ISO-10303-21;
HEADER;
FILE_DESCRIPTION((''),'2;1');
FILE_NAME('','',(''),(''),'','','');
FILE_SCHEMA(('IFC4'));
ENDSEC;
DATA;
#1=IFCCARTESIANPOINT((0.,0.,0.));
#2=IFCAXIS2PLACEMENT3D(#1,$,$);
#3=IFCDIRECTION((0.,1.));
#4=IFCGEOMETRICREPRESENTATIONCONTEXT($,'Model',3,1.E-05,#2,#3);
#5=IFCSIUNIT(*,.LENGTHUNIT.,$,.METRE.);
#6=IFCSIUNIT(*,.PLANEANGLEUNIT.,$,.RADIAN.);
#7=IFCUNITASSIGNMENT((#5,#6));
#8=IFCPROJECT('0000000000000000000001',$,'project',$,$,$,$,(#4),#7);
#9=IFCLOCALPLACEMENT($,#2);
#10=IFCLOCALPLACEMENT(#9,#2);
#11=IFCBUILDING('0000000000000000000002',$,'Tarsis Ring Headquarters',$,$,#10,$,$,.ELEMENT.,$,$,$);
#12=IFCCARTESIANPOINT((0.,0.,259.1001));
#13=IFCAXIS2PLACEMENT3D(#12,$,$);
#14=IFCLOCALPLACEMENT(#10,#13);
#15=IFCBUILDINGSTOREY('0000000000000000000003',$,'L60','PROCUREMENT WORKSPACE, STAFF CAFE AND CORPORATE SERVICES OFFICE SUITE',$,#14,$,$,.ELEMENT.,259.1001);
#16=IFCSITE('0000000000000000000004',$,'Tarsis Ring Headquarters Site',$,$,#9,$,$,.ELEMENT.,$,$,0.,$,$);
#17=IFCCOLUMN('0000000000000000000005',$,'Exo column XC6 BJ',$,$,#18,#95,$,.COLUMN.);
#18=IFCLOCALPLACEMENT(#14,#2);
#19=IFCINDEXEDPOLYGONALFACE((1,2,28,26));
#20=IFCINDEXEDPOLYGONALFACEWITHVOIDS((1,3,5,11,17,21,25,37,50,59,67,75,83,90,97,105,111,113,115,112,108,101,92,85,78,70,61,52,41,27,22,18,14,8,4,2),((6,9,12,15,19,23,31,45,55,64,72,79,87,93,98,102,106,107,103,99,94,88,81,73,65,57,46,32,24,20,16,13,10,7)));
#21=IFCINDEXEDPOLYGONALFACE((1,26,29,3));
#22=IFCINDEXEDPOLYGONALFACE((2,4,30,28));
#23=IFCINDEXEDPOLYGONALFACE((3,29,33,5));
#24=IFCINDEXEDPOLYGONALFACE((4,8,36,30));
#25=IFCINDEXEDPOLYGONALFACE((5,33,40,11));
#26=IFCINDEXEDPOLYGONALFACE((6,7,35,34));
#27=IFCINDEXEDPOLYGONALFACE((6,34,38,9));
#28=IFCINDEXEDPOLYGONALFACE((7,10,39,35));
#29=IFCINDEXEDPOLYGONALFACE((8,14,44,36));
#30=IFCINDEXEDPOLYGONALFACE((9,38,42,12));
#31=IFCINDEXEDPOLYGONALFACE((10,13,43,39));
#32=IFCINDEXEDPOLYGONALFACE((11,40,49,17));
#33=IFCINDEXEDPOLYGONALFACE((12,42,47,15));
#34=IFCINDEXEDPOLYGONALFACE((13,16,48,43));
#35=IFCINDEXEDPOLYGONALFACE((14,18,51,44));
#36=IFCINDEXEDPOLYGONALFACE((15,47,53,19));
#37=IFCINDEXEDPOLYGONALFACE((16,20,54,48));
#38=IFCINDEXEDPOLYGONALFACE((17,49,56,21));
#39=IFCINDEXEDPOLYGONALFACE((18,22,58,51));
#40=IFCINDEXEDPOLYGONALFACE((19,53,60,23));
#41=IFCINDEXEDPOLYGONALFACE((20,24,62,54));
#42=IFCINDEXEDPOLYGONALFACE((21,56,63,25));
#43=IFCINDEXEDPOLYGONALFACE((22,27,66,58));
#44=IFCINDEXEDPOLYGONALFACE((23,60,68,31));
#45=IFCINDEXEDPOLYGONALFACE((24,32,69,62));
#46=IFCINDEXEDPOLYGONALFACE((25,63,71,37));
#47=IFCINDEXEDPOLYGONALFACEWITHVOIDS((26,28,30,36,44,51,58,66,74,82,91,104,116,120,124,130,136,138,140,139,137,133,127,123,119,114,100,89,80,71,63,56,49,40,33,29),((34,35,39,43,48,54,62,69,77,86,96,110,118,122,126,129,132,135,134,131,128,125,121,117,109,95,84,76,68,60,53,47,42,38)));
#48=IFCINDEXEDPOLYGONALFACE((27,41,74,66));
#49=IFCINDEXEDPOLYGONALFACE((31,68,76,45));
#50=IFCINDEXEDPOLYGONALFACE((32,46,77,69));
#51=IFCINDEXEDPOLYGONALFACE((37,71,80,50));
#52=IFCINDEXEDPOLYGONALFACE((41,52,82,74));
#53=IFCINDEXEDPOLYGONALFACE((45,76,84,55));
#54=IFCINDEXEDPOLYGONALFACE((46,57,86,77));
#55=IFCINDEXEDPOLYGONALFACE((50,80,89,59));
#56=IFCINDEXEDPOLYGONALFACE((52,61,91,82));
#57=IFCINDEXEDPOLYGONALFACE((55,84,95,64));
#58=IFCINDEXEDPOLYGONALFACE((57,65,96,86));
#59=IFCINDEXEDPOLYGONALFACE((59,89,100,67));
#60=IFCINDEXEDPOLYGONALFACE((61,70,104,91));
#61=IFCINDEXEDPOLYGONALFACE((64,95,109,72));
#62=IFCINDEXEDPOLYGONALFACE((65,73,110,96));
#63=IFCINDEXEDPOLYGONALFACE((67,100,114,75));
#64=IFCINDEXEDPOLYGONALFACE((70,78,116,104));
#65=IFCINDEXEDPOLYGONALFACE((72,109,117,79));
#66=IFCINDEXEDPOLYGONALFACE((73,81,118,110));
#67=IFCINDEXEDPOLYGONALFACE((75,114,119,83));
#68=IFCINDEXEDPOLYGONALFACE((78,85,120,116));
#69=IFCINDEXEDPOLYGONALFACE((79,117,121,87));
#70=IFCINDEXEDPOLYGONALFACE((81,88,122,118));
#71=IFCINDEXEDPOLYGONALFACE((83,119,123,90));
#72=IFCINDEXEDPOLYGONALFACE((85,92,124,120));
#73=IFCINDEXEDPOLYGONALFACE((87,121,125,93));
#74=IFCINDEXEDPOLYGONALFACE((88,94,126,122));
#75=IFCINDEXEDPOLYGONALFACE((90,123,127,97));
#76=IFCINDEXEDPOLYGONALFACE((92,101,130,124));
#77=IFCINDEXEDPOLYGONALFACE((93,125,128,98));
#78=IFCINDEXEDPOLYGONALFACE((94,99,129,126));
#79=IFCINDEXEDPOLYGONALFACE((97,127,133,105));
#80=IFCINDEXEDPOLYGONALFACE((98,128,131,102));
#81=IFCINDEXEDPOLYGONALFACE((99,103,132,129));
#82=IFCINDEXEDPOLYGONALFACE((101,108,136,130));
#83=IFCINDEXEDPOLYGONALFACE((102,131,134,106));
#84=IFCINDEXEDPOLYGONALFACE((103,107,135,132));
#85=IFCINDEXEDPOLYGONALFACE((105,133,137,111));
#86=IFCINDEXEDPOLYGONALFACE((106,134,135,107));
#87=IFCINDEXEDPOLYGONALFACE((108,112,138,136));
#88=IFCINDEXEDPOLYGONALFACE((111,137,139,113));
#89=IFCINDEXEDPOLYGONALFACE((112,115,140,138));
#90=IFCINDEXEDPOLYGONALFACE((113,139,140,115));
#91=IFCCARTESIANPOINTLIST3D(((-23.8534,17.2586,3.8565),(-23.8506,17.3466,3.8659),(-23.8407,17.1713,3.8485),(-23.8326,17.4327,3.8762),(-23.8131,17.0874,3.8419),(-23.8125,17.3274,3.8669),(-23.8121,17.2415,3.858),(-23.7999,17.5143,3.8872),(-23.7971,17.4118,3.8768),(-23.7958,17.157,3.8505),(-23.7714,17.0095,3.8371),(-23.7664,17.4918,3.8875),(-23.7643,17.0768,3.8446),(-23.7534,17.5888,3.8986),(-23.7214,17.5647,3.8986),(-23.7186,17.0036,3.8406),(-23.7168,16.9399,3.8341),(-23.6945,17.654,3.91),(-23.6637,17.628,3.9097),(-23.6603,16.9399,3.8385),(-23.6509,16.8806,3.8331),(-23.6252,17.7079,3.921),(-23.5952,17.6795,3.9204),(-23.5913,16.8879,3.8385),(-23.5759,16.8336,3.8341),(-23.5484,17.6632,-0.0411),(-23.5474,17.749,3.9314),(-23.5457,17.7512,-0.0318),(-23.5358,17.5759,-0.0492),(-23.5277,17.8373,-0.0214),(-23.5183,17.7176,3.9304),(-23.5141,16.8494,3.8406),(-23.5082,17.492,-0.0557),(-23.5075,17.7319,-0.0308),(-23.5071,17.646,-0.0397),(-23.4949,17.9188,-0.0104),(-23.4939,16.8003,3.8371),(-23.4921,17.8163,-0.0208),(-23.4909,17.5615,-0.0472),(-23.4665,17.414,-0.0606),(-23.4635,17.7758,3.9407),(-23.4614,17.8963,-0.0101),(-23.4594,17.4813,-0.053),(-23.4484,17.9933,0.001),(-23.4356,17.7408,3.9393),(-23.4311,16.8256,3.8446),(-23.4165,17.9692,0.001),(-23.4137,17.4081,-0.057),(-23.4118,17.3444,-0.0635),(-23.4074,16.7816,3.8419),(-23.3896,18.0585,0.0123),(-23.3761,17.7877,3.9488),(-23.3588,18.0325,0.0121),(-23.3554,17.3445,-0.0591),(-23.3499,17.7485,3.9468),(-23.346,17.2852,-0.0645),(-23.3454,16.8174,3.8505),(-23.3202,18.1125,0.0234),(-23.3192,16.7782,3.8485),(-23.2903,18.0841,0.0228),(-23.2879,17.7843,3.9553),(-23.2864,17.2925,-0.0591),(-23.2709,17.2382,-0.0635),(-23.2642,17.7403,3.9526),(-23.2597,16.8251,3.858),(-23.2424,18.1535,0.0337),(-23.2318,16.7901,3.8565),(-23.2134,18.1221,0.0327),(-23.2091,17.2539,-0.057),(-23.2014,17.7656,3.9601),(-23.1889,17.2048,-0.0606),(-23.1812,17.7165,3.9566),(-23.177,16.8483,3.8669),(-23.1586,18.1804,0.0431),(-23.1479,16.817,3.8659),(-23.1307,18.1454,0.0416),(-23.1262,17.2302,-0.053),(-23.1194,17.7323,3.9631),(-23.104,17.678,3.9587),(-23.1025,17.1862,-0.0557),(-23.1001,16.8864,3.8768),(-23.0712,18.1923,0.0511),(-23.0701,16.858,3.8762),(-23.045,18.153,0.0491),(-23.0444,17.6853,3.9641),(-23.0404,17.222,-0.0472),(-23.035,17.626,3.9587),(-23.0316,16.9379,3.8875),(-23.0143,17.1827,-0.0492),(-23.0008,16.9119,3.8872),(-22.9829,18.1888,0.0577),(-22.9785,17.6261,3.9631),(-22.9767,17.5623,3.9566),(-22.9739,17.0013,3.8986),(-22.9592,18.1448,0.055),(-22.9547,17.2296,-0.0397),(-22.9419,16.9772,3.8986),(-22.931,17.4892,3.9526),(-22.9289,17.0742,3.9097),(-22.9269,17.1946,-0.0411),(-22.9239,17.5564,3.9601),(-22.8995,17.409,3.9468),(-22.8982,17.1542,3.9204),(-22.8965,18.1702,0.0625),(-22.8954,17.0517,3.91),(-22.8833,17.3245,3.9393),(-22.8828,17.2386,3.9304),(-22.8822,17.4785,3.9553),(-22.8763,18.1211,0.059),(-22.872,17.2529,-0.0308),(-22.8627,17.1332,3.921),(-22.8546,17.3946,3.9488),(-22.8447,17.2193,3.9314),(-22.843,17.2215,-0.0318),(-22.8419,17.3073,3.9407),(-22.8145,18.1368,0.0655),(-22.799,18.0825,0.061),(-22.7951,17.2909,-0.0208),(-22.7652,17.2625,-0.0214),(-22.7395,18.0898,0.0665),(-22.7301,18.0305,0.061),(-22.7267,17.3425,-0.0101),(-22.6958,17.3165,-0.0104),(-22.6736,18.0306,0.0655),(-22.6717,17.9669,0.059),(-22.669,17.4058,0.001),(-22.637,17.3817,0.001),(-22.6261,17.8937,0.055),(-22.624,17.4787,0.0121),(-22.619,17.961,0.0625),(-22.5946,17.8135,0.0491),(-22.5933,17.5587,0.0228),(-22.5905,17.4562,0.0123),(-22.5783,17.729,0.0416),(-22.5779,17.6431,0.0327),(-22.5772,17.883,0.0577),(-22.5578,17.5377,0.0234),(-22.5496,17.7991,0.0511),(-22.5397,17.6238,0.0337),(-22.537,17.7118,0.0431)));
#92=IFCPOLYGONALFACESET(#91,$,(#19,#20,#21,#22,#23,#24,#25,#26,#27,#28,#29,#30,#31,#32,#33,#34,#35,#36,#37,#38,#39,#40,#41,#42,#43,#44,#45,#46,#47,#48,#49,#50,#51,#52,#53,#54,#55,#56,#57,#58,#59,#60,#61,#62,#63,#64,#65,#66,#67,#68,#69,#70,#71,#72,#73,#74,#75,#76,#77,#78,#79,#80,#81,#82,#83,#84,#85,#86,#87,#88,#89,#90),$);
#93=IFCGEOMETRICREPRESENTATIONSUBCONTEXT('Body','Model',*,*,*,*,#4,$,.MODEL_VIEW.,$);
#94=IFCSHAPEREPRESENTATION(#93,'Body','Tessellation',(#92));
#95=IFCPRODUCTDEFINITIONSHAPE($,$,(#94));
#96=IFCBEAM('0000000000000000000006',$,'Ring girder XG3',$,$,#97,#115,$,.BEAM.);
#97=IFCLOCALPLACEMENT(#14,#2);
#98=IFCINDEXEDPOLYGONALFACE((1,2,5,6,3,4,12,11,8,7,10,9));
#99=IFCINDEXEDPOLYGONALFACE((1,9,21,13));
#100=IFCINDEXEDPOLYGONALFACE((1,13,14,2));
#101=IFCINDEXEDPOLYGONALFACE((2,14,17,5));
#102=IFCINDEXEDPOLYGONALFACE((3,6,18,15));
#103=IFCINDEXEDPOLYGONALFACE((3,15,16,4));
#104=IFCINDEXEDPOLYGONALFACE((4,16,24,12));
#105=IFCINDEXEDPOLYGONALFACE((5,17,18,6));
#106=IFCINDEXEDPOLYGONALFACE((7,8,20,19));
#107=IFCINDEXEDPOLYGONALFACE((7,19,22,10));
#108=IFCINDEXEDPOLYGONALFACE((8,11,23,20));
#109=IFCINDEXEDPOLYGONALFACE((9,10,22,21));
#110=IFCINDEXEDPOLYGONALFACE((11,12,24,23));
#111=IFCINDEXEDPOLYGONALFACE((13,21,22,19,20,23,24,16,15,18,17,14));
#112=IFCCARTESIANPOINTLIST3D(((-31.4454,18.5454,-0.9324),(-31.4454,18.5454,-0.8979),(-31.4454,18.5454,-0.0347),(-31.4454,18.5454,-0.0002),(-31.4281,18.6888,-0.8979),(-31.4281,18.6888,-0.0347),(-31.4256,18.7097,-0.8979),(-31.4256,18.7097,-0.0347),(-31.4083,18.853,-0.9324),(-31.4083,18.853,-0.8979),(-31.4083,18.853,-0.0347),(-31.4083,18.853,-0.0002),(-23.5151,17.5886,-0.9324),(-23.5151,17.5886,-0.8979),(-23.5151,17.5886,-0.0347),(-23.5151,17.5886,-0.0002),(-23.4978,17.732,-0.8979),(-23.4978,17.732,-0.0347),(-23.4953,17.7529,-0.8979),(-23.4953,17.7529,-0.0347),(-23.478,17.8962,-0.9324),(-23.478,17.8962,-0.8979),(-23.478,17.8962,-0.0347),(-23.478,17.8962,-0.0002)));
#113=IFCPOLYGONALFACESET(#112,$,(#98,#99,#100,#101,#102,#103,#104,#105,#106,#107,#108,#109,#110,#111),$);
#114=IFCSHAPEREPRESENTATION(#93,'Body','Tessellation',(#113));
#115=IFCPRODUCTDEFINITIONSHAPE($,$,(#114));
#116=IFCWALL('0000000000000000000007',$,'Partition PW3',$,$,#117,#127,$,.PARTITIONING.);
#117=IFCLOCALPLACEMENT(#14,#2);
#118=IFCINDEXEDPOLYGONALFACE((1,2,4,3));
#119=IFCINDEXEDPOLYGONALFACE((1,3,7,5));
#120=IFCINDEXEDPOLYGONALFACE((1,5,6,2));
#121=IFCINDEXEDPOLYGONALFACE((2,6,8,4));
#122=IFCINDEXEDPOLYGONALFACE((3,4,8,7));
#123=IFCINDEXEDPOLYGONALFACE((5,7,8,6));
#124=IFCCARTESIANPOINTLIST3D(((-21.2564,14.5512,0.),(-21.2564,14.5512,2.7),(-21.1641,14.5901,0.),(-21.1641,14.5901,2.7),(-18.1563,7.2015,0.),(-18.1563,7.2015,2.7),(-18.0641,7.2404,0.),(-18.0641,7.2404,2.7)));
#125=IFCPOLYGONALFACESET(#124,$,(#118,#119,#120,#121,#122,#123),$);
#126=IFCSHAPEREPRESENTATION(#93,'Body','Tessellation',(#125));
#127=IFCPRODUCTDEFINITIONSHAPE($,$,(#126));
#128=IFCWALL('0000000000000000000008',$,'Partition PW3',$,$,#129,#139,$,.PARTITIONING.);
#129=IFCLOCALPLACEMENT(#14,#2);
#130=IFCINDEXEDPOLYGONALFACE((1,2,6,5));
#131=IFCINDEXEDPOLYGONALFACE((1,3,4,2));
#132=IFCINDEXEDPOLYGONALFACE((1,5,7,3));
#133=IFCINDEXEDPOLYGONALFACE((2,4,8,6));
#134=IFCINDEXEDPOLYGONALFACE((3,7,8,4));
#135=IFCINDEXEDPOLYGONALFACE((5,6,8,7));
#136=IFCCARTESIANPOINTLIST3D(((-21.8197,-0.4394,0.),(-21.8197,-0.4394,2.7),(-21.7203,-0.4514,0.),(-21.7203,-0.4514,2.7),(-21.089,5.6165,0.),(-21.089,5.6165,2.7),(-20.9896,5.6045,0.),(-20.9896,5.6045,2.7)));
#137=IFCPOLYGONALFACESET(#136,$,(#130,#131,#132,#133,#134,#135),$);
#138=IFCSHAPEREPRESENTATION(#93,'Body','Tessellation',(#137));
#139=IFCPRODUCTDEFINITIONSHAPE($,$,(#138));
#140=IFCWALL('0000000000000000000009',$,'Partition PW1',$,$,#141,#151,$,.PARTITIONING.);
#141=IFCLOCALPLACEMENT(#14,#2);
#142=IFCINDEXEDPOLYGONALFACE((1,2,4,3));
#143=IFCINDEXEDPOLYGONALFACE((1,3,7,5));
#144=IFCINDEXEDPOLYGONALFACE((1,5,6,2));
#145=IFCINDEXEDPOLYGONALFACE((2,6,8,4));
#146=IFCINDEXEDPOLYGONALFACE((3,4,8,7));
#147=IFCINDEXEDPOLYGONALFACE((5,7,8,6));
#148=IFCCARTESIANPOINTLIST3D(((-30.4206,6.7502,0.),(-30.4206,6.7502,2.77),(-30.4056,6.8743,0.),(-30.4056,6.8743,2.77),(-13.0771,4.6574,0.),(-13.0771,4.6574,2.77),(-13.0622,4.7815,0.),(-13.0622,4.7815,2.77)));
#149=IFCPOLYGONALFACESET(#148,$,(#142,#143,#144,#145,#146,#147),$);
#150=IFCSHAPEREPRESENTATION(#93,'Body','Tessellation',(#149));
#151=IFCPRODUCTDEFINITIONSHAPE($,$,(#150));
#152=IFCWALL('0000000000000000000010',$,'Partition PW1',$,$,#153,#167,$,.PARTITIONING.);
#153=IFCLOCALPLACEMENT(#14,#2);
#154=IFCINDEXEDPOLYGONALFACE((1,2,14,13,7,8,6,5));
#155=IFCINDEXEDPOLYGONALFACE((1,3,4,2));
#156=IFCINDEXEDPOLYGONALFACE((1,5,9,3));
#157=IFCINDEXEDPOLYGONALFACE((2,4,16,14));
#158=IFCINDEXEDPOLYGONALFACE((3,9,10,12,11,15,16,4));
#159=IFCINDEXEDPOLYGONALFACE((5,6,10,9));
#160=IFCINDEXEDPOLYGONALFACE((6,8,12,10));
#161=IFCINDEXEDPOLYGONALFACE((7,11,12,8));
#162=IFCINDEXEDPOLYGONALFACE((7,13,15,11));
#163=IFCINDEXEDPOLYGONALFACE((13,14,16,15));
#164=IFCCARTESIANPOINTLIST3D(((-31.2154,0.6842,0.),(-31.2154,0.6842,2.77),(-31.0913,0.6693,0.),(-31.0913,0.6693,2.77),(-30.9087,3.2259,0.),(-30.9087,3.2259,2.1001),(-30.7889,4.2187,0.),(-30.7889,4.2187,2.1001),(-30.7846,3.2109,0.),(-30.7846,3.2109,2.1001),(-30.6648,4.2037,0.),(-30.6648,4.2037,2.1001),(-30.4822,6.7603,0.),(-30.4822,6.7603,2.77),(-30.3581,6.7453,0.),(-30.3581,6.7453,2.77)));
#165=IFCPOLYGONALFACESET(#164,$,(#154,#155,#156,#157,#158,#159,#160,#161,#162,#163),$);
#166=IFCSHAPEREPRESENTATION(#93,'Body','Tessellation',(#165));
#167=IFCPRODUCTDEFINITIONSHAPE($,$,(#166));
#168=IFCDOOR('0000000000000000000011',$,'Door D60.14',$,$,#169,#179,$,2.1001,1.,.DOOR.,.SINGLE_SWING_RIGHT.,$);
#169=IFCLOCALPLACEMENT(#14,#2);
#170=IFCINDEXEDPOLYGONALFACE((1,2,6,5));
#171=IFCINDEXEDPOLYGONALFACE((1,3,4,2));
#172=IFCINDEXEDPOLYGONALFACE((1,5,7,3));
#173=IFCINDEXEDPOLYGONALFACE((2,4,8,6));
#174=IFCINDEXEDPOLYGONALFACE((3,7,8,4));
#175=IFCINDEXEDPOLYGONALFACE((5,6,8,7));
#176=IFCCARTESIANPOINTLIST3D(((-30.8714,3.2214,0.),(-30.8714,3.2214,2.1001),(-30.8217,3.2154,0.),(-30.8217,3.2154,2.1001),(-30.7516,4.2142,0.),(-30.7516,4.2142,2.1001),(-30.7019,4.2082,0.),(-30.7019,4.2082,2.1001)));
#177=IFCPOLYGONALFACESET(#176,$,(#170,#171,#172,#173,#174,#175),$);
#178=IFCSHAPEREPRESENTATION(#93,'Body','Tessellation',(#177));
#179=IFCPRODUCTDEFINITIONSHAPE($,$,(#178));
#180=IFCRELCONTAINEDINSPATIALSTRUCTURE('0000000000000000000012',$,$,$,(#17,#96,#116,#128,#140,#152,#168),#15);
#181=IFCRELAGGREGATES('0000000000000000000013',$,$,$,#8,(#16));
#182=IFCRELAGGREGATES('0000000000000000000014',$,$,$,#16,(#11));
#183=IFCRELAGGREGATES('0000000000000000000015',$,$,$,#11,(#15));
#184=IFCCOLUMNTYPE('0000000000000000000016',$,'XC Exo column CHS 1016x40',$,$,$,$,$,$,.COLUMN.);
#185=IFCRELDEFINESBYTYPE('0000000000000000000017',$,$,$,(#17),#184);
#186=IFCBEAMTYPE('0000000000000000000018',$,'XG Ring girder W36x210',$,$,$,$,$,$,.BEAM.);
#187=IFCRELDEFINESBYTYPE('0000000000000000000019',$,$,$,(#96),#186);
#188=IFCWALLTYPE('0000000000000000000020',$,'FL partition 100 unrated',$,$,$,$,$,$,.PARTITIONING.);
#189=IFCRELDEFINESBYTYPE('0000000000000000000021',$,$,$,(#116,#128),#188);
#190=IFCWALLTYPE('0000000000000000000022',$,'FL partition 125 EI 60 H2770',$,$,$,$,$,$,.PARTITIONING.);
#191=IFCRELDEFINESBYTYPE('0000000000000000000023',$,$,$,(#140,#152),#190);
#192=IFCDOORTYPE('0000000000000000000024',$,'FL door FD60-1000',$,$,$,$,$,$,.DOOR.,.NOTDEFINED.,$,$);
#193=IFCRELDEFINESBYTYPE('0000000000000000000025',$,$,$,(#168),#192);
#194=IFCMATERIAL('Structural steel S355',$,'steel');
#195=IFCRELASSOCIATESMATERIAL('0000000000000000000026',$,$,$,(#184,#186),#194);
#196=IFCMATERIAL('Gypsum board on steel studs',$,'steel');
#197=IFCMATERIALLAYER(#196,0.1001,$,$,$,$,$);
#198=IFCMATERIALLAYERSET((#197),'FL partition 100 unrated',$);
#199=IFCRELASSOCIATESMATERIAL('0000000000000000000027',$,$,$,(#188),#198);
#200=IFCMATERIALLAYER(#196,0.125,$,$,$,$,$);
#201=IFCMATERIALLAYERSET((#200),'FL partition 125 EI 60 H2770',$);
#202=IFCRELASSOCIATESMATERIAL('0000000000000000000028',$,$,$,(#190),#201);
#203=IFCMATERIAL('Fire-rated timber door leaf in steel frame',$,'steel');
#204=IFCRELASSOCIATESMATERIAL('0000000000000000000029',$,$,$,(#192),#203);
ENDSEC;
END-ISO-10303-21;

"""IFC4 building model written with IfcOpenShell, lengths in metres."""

from ifc_helpers import new_model, si_unit, direction, frame, frame_2d, origin, origin_2d, place, context, subcontext, project, spatial, rectangle, hollow_circle, i_section, extrude, material, layer, layer_set, material_profile, profile_set, type_object, element, fill, save


model = new_model("IFC4")

# Units and contexts
model_context = context("Model", 3, precision=1e-05, world=origin(), true_north=direction((0.0, 1.0)))
body_context = subcontext(model_context, "Body", "Model", "MODEL_VIEW")
ifc_project = project(units=[si_unit("LENGTHUNIT", "METRE"), si_unit("PLANEANGLEUNIT", "RADIAN")], contexts=[model_context])

# Site, building, storey
site_placement = place(None, origin())
site = spatial("IfcSite", under=ifc_project, at=site_placement, Name="Tarsis Ring Headquarters Site", CompositionType="ELEMENT", RefElevation=0.0)
building_placement = place(site_placement, origin())
building = spatial("IfcBuilding", under=site, at=building_placement, Name="Tarsis Ring Headquarters", CompositionType="ELEMENT")
storey_placement = place(building_placement, frame((0.0, 0.0, 259.1001)))
storey = spatial("IfcBuildingStorey", under=building, at=storey_placement, Name="L60", Description="PROCUREMENT WORKSPACE, STAFF CAFE AND CORPORATE SERVICES OFFICE SUITE", CompositionType="ELEMENT", Elevation=259.1001)

# Column
ifc_material_1 = material(Name="Structural steel S355", Category="steel")
ifc_material_profile_1 = material_profile(ifc_material_1, hollow_circle(Radius=0.5081, WallThickness=0.04, at=origin_2d()), Name="CHS 1016x40")
ifc_profile_set_1 = profile_set([ifc_material_profile_1], Name="Structural steel S355")
column_type = type_object("IfcColumnType", Name="XC Exo column CHS 1016x40", PredefinedType="COLUMN", material=ifc_profile_set_1)
column_placement = place(storey_placement, frame((-23.0427, 17.6875, 0.001), z_axis=(-0.077581, -0.102924, 0.991659), x_axis=(0.798552, -0.601926, 0.0)))
element("IfcColumn", 1, at=column_placement, inside=storey, type_object=column_type, Name="Exo column XC6 BJ", PredefinedType="COLUMN", context=body_context, shape_type="SweptSolid", body=[
    extrude(hollow_circle(Radius=0.5081, WallThickness=0.04, at=origin_2d()), origin(), (0.0, 0.0, 1.0), 3.9304),
])

# Beam
ifc_material_profile_2 = material_profile(ifc_material_1, i_section(OverallWidth=0.3098, OverallDepth=0.9321, WebThickness=0.021, FlangeThickness=0.0344, at=origin_2d()), Name="W36x210")
ifc_profile_set_2 = profile_set([ifc_material_profile_2], Name="Structural steel S355")
beam_type = type_object("IfcBeamType", Name="XG Ring girder W36x210", PredefinedType="BEAM", material=ifc_profile_set_2)
beam_placement = place(storey_placement, frame((-23.4966, 17.7424, -0.4663), z_axis=(-0.9928, 0.119783, 0.0), x_axis=(-0.119783, -0.9928, 0.0)))
element("IfcBeam", 2, at=beam_placement, inside=storey, type_object=beam_type, Name="Ring girder XG3", PredefinedType="BEAM", context=body_context, shape_type="SweptSolid", body=[
    extrude(i_section(OverallWidth=0.3098, OverallDepth=0.9321, WebThickness=0.021, FlangeThickness=0.0344, at=origin_2d()), origin(), (0.0, 0.0, 1.0), 7.9878),
])

# Walls
ifc_material_2 = material(Name="Gypsum board on steel studs", Category="steel")
ifc_layer_1 = layer(ifc_material_2, 0.1001)
ifc_layer_set_1 = layer_set([ifc_layer_1], Name="FL partition 100 unrated")
wall_type_1 = type_object("IfcWallType", Name="FL partition 100 unrated", PredefinedType="PARTITIONING", material=ifc_layer_set_1)
wall_1_placement = place(storey_placement, frame((-21.2102, 14.5706, 0.0), z_axis=(0.0, 0.0, 1.0), x_axis=(0.388634, -0.921392, 0.0)))
element("IfcWall", 3, at=wall_1_placement, inside=storey, type_object=wall_type_1, Name="Partition PW3", PredefinedType="PARTITIONING", context=body_context, shape_type="SweptSolid", body=[
    extrude(rectangle(XDim=7.9768, YDim=0.1001, at=frame_2d((3.9883, 0.0))), origin(), (0.0, 0.0, 1.0), 2.7),
])
wall_2_placement = place(storey_placement, frame((-21.77, -0.4453, 0.0), z_axis=(0.0, 0.0, 1.0), x_axis=(0.119792, 0.992799, 0.0)))
element("IfcWall", 4, at=wall_2_placement, inside=storey, type_object=wall_type_1, Name="Partition PW3", PredefinedType="PARTITIONING", context=body_context, shape_type="SweptSolid", body=[
    extrude(rectangle(XDim=6.0999, YDim=0.1001, at=frame_2d((3.0498, 0.0))), origin(), (0.0, 0.0, 1.0), 2.7),
])
ifc_layer_2 = layer(ifc_material_2, 0.125)
ifc_layer_set_2 = layer_set([ifc_layer_2], Name="FL partition 125 EI 60 H2770")
wall_type_2 = type_object("IfcWallType", Name="FL partition 125 EI 60 H2770", PredefinedType="PARTITIONING", material=ifc_layer_set_2)
wall_3_placement = place(storey_placement, frame((-30.4131, 6.8123, 0.0), z_axis=(0.0, 0.0, 1.0), x_axis=(0.992798, -0.119797, 0.0)))
element("IfcWall", 5, at=wall_3_placement, inside=storey, type_object=wall_type_2, Name="Partition PW1", PredefinedType="PARTITIONING", context=body_context, shape_type="SweptSolid", body=[
    extrude(rectangle(XDim=17.4692, YDim=0.125, at=frame_2d((8.7346, 0.0))), origin(), (0.0, 0.0, 1.0), 2.77),
])

# Wall, opening, door
wall_4_placement = place(storey_placement, frame((-31.1533, 0.6768, 0.0), z_axis=(0.0, 0.0, 1.0), x_axis=(0.119796, 0.992798, 0.0)))
wall_4 = element("IfcWall", 6, at=wall_4_placement, inside=storey, type_object=wall_type_2, Name="Partition PW1", PredefinedType="PARTITIONING", context=body_context, shape_type="SweptSolid", body=[
    extrude(rectangle(XDim=6.1201, YDim=0.125, at=frame_2d((3.0601, 0.0))), origin(), (0.0, 0.0, 1.0), 2.77),
])
opening_1_placement = place(wall_4_placement, frame((2.5601, 0.0, 0.0)))
opening_1 = element("IfcOpeningElement", 7, at=opening_1_placement, cuts=wall_4, PredefinedType="OPENING", context=body_context, shape_type="SweptSolid", body=[
    extrude(rectangle(XDim=1.0, YDim=2.1001, at=frame_2d((0.5, 1.05))), frame((0.0, 0.0725, 0.0), z_axis=(0.0, -1.0, 0.0), x_axis=(1.0, 0.0, 0.0)), (0.0, 0.0, 1.0), 0.145),
])
ifc_material_3 = material(Name="Fire-rated timber door leaf in steel frame", Category="steel")
door_type = type_object("IfcDoorType", Name="FL door FD60-1000", OperationType="NOTDEFINED", PredefinedType="DOOR", material=ifc_material_3)
door_placement = place(opening_1_placement, origin())
door = element("IfcDoor", 8, at=door_placement, inside=storey, type_object=door_type, Name="Door D60.14", OperationType="SINGLE_SWING_RIGHT", OverallHeight=2.1001, OverallWidth=1.0, PredefinedType="DOOR", context=body_context, shape_type="SweptSolid", body=[
    extrude(rectangle(XDim=1.0, YDim=2.1001, at=frame_2d((0.5, 1.05))), frame((0.0, 0.0249, 0.0), z_axis=(0.0, -1.0, 0.0), x_axis=(1.0, 0.0, 0.0)), (0.0, 0.0, 1.0), 0.05),
])
fill(opening_1, door)

save(model, "model.ifc")
